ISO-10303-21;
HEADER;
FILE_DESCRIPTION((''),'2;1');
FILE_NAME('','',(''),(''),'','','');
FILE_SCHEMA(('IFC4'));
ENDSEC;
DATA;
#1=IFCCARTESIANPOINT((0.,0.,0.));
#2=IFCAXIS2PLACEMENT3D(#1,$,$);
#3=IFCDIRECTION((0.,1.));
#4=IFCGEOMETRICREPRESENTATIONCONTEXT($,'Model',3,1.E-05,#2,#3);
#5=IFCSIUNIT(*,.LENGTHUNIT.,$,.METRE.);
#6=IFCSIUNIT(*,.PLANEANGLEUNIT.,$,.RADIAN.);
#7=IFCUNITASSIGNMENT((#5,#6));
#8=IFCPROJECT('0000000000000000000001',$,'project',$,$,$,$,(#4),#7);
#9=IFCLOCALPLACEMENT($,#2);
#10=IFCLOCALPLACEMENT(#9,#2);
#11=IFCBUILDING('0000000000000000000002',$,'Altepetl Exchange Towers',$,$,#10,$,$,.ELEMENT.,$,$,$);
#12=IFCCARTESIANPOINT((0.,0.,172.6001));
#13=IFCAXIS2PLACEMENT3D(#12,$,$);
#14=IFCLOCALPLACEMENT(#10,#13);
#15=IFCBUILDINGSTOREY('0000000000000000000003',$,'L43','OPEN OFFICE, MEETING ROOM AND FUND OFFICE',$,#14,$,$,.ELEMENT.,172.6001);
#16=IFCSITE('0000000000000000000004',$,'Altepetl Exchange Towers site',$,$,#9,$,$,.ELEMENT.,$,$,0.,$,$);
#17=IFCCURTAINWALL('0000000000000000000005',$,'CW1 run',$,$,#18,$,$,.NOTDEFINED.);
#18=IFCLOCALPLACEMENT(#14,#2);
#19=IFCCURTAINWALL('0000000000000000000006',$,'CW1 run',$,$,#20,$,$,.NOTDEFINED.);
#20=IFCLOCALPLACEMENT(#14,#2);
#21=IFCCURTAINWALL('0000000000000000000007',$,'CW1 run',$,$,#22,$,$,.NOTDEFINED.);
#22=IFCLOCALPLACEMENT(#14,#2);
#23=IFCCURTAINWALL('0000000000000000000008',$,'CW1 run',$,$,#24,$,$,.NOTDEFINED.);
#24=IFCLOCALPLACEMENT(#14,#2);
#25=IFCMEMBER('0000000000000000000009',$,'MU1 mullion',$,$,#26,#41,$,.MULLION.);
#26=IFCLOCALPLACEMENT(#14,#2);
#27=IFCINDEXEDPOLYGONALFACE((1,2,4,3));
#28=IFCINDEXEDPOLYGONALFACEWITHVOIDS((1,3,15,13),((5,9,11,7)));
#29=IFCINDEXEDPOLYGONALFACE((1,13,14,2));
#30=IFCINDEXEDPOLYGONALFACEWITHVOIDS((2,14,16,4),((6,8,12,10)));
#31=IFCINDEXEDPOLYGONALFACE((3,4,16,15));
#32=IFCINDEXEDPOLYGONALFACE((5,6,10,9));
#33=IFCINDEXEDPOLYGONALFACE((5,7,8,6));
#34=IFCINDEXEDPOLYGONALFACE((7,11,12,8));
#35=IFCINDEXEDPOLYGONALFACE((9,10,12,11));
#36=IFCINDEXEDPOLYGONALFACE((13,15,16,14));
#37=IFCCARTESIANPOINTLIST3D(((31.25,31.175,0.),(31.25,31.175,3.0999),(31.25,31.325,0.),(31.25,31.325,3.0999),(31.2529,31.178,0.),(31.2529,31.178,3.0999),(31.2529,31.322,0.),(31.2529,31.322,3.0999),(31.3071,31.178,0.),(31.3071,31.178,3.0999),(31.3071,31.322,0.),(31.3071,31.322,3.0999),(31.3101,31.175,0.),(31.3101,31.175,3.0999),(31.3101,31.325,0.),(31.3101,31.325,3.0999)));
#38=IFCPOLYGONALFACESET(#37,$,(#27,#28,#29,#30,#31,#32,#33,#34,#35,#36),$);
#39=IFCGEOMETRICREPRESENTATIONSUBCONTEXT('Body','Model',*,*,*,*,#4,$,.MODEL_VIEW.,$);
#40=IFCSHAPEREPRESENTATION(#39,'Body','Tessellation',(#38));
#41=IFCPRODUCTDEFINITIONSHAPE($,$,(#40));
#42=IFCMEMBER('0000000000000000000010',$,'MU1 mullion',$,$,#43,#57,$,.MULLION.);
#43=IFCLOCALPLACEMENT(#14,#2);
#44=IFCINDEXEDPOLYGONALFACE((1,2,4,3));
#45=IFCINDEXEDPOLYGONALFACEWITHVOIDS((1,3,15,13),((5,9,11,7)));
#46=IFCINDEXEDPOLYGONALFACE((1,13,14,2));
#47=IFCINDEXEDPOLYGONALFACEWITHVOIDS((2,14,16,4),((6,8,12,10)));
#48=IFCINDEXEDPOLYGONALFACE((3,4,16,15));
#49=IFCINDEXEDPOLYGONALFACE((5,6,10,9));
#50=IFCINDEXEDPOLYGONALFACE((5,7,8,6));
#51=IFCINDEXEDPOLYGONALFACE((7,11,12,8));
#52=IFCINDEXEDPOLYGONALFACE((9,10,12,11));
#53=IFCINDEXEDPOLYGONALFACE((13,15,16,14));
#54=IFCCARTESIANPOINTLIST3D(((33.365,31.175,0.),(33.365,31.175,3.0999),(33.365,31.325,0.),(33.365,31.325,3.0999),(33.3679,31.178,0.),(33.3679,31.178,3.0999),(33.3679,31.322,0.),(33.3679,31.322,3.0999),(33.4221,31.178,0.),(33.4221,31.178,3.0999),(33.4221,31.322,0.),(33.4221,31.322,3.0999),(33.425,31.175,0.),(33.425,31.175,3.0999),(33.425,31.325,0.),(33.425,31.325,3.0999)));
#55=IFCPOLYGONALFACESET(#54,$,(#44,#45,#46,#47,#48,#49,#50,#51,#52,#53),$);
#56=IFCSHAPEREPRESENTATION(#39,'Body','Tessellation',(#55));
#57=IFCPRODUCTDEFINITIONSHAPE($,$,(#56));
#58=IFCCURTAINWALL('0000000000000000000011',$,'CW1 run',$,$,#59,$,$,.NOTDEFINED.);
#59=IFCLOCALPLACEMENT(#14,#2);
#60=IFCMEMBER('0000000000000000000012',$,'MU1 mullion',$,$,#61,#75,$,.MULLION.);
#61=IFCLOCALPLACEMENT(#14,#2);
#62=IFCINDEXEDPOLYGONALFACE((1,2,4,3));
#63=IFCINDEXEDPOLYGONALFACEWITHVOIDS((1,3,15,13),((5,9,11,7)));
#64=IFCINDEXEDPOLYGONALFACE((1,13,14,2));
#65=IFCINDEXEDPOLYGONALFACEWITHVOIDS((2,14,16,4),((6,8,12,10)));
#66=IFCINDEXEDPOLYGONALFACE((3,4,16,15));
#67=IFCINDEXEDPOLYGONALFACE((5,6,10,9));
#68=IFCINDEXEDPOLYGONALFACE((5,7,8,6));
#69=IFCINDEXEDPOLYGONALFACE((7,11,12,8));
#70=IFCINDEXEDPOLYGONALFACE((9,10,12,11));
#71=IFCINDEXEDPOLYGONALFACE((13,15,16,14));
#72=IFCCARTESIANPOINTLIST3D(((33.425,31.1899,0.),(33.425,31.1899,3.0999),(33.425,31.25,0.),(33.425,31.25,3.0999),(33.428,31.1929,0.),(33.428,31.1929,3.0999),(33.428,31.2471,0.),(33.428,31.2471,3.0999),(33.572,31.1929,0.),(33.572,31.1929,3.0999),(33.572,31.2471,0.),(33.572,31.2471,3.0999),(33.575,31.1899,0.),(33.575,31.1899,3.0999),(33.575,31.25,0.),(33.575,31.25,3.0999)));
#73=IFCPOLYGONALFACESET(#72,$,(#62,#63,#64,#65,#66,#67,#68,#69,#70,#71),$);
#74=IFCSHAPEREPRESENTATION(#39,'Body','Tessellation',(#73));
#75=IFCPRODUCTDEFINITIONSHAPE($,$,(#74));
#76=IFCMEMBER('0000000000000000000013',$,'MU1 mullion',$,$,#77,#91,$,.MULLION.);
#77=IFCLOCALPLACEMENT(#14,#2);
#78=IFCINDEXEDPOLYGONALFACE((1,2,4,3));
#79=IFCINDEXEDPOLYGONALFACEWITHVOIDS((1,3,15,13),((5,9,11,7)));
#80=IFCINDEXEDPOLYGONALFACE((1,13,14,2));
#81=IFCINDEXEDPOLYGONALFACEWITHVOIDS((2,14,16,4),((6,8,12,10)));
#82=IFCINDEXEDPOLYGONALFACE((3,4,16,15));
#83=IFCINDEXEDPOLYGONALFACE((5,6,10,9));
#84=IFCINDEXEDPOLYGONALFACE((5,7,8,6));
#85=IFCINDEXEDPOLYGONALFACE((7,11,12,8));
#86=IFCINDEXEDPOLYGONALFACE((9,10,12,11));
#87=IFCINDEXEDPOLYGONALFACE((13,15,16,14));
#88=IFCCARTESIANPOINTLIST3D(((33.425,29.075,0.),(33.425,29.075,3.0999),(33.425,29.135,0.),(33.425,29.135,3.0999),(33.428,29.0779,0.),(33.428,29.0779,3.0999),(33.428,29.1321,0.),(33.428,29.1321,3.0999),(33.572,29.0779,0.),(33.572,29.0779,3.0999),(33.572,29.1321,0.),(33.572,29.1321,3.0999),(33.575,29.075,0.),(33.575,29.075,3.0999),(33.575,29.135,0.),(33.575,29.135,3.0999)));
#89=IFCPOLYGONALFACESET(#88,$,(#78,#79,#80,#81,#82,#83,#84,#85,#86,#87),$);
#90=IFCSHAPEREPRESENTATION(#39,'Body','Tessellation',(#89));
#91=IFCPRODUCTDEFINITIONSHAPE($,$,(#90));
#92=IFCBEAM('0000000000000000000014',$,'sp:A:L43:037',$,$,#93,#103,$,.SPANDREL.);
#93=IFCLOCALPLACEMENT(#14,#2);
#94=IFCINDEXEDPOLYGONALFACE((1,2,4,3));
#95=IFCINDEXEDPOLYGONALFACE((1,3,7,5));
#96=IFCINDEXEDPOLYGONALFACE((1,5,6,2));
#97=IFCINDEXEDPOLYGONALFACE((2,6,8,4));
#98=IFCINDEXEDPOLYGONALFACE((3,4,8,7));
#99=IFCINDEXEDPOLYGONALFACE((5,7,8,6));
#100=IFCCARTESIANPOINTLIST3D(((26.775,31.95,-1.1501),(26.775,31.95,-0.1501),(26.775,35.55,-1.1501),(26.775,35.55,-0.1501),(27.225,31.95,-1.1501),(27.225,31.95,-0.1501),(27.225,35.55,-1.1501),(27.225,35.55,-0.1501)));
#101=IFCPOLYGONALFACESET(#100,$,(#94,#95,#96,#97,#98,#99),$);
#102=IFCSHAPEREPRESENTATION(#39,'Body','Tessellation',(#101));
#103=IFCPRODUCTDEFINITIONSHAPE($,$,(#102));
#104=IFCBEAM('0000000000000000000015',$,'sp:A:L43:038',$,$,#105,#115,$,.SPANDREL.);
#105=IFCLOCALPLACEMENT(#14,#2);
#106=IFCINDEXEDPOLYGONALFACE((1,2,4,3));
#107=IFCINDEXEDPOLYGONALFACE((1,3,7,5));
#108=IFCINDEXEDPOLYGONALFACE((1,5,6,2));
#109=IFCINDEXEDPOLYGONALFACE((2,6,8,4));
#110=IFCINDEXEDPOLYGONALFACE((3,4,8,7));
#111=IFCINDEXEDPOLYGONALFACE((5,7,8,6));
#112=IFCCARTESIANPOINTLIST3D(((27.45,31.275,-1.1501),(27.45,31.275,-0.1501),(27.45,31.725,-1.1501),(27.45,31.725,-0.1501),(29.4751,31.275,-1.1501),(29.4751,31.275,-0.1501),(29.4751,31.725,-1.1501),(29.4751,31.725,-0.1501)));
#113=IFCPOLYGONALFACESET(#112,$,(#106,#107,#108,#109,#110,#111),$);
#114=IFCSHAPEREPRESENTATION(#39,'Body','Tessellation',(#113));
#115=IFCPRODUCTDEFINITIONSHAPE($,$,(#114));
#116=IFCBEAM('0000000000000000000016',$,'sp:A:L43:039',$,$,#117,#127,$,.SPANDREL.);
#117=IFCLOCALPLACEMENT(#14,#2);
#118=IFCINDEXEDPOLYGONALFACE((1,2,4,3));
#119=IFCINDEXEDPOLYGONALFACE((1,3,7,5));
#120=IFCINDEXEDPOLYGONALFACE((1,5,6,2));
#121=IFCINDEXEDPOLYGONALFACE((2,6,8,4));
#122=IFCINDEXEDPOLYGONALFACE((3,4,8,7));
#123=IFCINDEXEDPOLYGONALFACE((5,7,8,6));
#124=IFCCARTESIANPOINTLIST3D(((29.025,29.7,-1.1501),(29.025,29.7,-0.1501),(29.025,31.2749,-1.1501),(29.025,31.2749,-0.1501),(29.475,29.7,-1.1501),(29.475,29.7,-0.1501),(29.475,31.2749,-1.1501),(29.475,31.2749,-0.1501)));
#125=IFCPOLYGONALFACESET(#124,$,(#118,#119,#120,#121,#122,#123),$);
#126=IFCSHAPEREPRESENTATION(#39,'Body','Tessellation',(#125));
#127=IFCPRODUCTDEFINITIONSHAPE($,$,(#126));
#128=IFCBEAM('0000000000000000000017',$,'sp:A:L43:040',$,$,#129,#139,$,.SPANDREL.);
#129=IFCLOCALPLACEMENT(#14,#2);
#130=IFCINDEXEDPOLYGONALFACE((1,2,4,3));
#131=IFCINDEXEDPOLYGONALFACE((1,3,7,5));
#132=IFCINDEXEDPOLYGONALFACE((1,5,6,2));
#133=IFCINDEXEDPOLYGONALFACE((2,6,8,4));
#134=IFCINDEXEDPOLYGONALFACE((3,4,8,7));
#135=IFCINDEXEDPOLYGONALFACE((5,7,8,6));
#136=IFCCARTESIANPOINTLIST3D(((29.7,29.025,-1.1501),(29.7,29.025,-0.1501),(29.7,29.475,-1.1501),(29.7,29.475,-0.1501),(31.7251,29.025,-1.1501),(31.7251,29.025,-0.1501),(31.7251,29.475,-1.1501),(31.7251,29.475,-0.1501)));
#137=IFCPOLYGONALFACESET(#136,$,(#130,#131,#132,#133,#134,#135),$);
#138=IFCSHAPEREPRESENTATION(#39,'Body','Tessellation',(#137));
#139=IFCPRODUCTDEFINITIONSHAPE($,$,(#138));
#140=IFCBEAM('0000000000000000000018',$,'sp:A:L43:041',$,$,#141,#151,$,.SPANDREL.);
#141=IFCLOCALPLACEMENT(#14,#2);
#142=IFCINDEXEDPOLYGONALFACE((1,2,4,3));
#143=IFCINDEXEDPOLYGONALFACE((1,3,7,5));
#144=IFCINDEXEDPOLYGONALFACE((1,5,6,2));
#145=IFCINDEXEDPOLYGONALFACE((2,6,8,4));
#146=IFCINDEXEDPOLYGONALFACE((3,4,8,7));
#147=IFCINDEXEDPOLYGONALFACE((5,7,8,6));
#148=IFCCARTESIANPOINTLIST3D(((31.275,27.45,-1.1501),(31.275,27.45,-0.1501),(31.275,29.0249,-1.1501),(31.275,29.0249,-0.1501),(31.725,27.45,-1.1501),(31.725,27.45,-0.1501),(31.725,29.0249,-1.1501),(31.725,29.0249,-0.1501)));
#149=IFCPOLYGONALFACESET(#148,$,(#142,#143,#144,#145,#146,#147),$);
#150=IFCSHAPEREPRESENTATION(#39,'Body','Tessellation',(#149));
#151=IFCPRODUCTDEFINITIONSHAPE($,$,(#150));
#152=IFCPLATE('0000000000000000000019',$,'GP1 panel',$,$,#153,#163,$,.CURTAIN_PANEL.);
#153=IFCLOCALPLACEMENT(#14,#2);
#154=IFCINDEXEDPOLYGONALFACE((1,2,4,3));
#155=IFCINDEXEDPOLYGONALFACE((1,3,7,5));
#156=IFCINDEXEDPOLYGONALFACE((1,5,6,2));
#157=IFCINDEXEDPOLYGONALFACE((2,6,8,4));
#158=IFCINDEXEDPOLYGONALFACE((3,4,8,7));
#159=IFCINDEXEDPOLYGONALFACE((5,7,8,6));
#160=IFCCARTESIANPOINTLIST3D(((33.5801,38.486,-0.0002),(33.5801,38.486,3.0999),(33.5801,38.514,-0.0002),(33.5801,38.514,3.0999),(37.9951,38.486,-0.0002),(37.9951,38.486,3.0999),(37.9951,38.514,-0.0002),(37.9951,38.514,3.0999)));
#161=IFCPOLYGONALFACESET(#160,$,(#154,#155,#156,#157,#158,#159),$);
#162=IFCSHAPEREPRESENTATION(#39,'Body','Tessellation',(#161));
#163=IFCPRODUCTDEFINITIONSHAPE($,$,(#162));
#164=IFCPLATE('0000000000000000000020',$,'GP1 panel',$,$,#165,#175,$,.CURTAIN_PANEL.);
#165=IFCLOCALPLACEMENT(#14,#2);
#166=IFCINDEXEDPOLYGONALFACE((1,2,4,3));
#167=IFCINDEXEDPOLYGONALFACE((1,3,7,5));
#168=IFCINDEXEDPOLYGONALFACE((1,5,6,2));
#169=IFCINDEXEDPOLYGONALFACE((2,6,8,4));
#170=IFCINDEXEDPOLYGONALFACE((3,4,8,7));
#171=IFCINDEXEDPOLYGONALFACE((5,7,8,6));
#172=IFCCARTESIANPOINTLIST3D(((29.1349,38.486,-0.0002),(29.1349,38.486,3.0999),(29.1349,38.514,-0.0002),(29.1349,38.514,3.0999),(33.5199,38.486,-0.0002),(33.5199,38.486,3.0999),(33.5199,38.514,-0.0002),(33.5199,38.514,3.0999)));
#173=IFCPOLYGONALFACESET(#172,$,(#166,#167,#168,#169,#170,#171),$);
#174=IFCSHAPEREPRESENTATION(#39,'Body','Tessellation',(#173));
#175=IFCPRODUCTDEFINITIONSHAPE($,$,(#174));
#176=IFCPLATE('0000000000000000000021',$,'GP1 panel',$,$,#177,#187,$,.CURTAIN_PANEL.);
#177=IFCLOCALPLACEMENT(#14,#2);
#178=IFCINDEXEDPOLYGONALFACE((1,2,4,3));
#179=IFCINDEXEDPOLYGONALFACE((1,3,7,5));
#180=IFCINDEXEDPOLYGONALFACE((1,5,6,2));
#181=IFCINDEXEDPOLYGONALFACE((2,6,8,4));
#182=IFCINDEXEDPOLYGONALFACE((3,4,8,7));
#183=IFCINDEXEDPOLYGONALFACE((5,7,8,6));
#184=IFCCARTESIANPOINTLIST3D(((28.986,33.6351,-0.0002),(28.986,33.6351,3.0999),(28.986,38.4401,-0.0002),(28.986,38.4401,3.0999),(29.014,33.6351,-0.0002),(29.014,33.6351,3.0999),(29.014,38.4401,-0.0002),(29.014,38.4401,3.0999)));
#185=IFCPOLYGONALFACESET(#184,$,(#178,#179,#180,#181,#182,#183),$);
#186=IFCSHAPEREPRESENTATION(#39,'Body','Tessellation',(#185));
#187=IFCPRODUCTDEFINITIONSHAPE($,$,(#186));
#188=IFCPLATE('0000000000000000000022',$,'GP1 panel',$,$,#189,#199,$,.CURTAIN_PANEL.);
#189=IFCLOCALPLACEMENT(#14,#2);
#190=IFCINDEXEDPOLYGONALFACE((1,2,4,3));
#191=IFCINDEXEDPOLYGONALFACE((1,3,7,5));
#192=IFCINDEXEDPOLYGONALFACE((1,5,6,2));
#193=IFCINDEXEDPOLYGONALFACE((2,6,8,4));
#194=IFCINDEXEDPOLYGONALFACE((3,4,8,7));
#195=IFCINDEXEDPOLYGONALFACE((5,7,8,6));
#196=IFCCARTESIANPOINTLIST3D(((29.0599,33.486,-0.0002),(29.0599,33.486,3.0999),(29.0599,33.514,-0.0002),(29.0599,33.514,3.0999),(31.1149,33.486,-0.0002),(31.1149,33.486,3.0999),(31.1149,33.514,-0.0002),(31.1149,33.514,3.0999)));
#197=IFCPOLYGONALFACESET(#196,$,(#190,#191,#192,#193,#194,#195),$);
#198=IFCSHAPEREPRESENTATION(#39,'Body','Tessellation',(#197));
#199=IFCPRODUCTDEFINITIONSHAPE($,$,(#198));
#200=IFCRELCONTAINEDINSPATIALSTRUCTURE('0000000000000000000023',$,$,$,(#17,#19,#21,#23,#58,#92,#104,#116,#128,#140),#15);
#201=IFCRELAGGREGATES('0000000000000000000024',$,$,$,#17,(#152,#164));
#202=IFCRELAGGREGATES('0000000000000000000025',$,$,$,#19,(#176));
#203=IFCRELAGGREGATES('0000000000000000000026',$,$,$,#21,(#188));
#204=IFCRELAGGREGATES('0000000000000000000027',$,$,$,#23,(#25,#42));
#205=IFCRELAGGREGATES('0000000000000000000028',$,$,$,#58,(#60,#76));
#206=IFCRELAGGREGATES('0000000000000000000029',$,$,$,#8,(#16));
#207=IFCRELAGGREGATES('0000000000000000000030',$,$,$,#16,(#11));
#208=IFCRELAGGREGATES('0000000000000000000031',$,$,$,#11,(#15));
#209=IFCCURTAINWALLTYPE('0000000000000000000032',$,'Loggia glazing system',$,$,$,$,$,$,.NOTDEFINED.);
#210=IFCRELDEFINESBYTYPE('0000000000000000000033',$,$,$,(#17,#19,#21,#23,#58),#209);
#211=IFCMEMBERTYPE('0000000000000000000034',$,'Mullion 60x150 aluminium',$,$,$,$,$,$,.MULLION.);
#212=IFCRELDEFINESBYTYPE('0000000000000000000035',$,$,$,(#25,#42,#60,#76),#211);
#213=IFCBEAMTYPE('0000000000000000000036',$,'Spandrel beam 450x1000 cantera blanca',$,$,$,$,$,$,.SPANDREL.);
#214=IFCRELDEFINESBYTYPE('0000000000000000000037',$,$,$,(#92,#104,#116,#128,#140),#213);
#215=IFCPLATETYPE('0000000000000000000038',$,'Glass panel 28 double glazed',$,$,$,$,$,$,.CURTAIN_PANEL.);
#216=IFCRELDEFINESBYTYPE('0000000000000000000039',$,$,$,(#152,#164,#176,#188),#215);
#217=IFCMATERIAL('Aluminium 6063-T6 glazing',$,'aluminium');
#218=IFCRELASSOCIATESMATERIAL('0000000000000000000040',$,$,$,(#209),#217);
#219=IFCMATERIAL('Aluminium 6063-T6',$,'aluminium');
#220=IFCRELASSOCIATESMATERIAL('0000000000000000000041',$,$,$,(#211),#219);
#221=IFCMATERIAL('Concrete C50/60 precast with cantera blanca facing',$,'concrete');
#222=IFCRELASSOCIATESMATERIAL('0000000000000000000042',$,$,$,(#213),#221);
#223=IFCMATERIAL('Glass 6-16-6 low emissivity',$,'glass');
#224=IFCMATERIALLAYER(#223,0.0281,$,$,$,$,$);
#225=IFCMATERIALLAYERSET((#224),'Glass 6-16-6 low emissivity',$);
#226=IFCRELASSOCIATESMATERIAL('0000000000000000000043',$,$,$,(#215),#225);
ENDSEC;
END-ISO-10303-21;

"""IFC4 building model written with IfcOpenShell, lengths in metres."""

from ifc_helpers import new_model, si_unit, direction, frame, origin, origin_2d, place, context, subcontext, project, spatial, rectangle, hollow_rectangle, extrude, material, layer, layer_set, material_profile, profile_set, type_object, element, aggregate, save


model = new_model("IFC4")

# Units and contexts
model_context = context("Model", 3, precision=1e-05, world=origin(), true_north=direction((0.0, 1.0)))
body_context = subcontext(model_context, "Body", "Model", "MODEL_VIEW")
ifc_project = project(units=[si_unit("LENGTHUNIT", "METRE"), si_unit("PLANEANGLEUNIT", "RADIAN")], contexts=[model_context])

# Site, building, storey
site_placement = place(None, origin())
site = spatial("IfcSite", under=ifc_project, at=site_placement, Name="Altepetl Exchange Towers site", CompositionType="ELEMENT", RefElevation=0.0)
building_placement = place(site_placement, origin())
building = spatial("IfcBuilding", under=site, at=building_placement, Name="Altepetl Exchange Towers", CompositionType="ELEMENT")
storey_placement = place(building_placement, frame((0.0, 0.0, 172.6001)))
storey = spatial("IfcBuildingStorey", under=building, at=storey_placement, Name="L43", Description="OPEN OFFICE, MEETING ROOM AND FUND OFFICE", CompositionType="ELEMENT", Elevation=172.6001)

# Curtain walls, members
ifc_material_1 = material(Name="Aluminium 6063-T6 glazing", Category="aluminium")
curtain_wall_type = type_object("IfcCurtainWallType", Name="Loggia glazing system", PredefinedType="NOTDEFINED", material=ifc_material_1)
curtain_wall_1_placement = place(storey_placement, origin())
curtain_wall_1 = element("IfcCurtainWall", 1, at=curtain_wall_1_placement, inside=storey, type_object=curtain_wall_type, Name="CW1 run", PredefinedType="NOTDEFINED")
ifc_material_2 = material(Name="Aluminium 6063-T6", Category="aluminium")
ifc_material_profile_1 = material_profile(ifc_material_2, hollow_rectangle(XDim=0.0601, YDim=0.1499, WallThickness=0.0029, at=origin_2d()), Name="Mullion 60x150 aluminium")
ifc_profile_set_1 = profile_set([ifc_material_profile_1], Name="Aluminium 6063-T6")
member_type = type_object("IfcMemberType", Name="Mullion 60x150 aluminium", PredefinedType="MULLION", material=ifc_profile_set_1)
curtain_wall_2_placement = place(storey_placement, origin())
curtain_wall_2 = element("IfcCurtainWall", 2, at=curtain_wall_2_placement, inside=storey, type_object=curtain_wall_type, Name="CW1 run", PredefinedType="NOTDEFINED")
curtain_wall_3_placement = place(storey_placement, origin())
curtain_wall_3 = element("IfcCurtainWall", 3, at=curtain_wall_3_placement, inside=storey, type_object=curtain_wall_type, Name="CW1 run", PredefinedType="NOTDEFINED")
curtain_wall_4_placement = place(storey_placement, origin())
curtain_wall_4 = element("IfcCurtainWall", 4, at=curtain_wall_4_placement, inside=storey, type_object=curtain_wall_type, Name="CW1 run", PredefinedType="NOTDEFINED")
member_1_placement = place(storey_placement, frame((31.28, 31.25, 0.0)))
member_1 = element("IfcMember", 5, at=member_1_placement, type_object=member_type, Name="MU1 mullion", PredefinedType="MULLION", context=body_context, shape_type="SweptSolid", body=[
    extrude(hollow_rectangle(XDim=0.0601, YDim=0.1499, WallThickness=0.0029, at=origin_2d()), origin(), (0.0, 0.0, 1.0), 3.0999),
])
member_2_placement = place(storey_placement, frame((33.395, 31.25, 0.0)))
member_2 = element("IfcMember", 6, at=member_2_placement, type_object=member_type, Name="MU1 mullion", PredefinedType="MULLION", context=body_context, shape_type="SweptSolid", body=[
    extrude(hollow_rectangle(XDim=0.0601, YDim=0.1499, WallThickness=0.0029, at=origin_2d()), origin(), (0.0, 0.0, 1.0), 3.0999),
])
curtain_wall_5_placement = place(storey_placement, origin())
curtain_wall_5 = element("IfcCurtainWall", 7, at=curtain_wall_5_placement, inside=storey, type_object=curtain_wall_type, Name="CW1 run", PredefinedType="NOTDEFINED")
member_3_placement = place(storey_placement, frame((33.5, 31.22, 0.0), z_axis=(0.0, 0.0, 1.0), x_axis=(0.0, -1.0, 0.0)))
member_3 = element("IfcMember", 8, at=member_3_placement, type_object=member_type, Name="MU1 mullion", PredefinedType="MULLION", context=body_context, shape_type="SweptSolid", body=[
    extrude(hollow_rectangle(XDim=0.0601, YDim=0.1499, WallThickness=0.0029, at=origin_2d()), origin(), (0.0, 0.0, 1.0), 3.0999),
])
member_4_placement = place(storey_placement, frame((33.5, 29.105, 0.0), z_axis=(0.0, 0.0, 1.0), x_axis=(0.0, -1.0, 0.0)))
member_4 = element("IfcMember", 9, at=member_4_placement, type_object=member_type, Name="MU1 mullion", PredefinedType="MULLION", context=body_context, shape_type="SweptSolid", body=[
    extrude(hollow_rectangle(XDim=0.0601, YDim=0.1499, WallThickness=0.0029, at=origin_2d()), origin(), (0.0, 0.0, 1.0), 3.0999),
])

# Beams
ifc_material_3 = material(Name="Concrete C50/60 precast with cantera blanca facing", Category="concrete")
ifc_material_profile_2 = material_profile(ifc_material_3, rectangle(XDim=0.45, YDim=1.0, at=origin_2d()), Name="450 x 1000")
ifc_profile_set_2 = profile_set([ifc_material_profile_2], Name="Concrete C50/60 precast with cantera blanca facing")
beam_type_1 = type_object("IfcBeamType", Name="Spandrel beam 450x1000 cantera blanca", PredefinedType="SPANDREL", material=ifc_profile_set_2)
beam_1_placement = place(storey_placement, frame((27.0, 35.55, -0.6501), z_axis=(0.0, -1.0, 0.0), x_axis=(1.0, 0.0, 0.0)))
element("IfcBeam", 10, at=beam_1_placement, inside=storey, type_object=beam_type_1, Name="sp:A:L43:037", PredefinedType="SPANDREL", context=body_context, shape_type="SweptSolid", body=[
    extrude(rectangle(XDim=0.45, YDim=1.0, at=origin_2d()), origin(), (0.0, 0.0, 1.0), 3.6001),
])
beam_2_placement = place(storey_placement, frame((27.45, 31.5, -0.6501), z_axis=(1.0, 0.0, 0.0), x_axis=(0.0, 1.0, 0.0)))
element("IfcBeam", 11, at=beam_2_placement, inside=storey, type_object=beam_type_1, Name="sp:A:L43:038", PredefinedType="SPANDREL", context=body_context, shape_type="SweptSolid", body=[
    extrude(rectangle(XDim=0.45, YDim=1.0, at=origin_2d()), origin(), (0.0, 0.0, 1.0), 2.0251),
])
beam_3_placement = place(storey_placement, frame((29.25, 31.2749, -0.6501), z_axis=(0.0, -1.0, 0.0), x_axis=(1.0, 0.0, 0.0)))
element("IfcBeam", 12, at=beam_3_placement, inside=storey, type_object=beam_type_1, Name="sp:A:L43:039", PredefinedType="SPANDREL", context=body_context, shape_type="SweptSolid", body=[
    extrude(rectangle(XDim=0.45, YDim=1.0, at=origin_2d()), origin(), (0.0, 0.0, 1.0), 1.575),
])
beam_4_placement = place(storey_placement, frame((29.7, 29.25, -0.6501), z_axis=(1.0, 0.0, 0.0), x_axis=(0.0, 1.0, 0.0)))
element("IfcBeam", 13, at=beam_4_placement, inside=storey, type_object=beam_type_1, Name="sp:A:L43:040", PredefinedType="SPANDREL", context=body_context, shape_type="SweptSolid", body=[
    extrude(rectangle(XDim=0.45, YDim=1.0, at=origin_2d()), origin(), (0.0, 0.0, 1.0), 2.0251),
])
beam_5_placement = place(storey_placement, frame((31.5, 29.0249, -0.6501), z_axis=(0.0, -1.0, 0.0), x_axis=(1.0, 0.0, 0.0)))
element("IfcBeam", 14, at=beam_5_placement, inside=storey, type_object=beam_type_1, Name="sp:A:L43:041", PredefinedType="SPANDREL", context=body_context, shape_type="SweptSolid", body=[
    extrude(rectangle(XDim=0.45, YDim=1.0, at=origin_2d()), origin(), (0.0, 0.0, 1.0), 1.575),
])

# Plates
ifc_material_4 = material(Name="Glass 6-16-6 low emissivity", Category="glass")
ifc_layer = layer(ifc_material_4, 0.0281)
ifc_layer_set = layer_set([ifc_layer], Name="Glass 6-16-6 low emissivity")
plate_type = type_object("IfcPlateType", Name="Glass panel 28 double glazed", PredefinedType="CURTAIN_PANEL", material=ifc_layer_set)
plate_1_placement = place(storey_placement, frame((35.7876, 38.5, -0.0002), z_axis=(0.0, 0.0, 1.0), x_axis=(-1.0, 0.0, 0.0)))
plate_1 = element("IfcPlate", 15, at=plate_1_placement, type_object=plate_type, Name="GP1 panel", PredefinedType="CURTAIN_PANEL", context=body_context, shape_type="SweptSolid", body=[
    extrude(rectangle(XDim=4.415, YDim=0.0281, at=origin_2d()), origin(), (0.0, 0.0, 1.0), 3.1001),
])
plate_2_placement = place(storey_placement, frame((31.3274, 38.5, -0.0002), z_axis=(0.0, 0.0, 1.0), x_axis=(-1.0, 0.0, 0.0)))
plate_2 = element("IfcPlate", 16, at=plate_2_placement, type_object=plate_type, Name="GP1 panel", PredefinedType="CURTAIN_PANEL", context=body_context, shape_type="SweptSolid", body=[
    extrude(rectangle(XDim=4.385, YDim=0.0281, at=origin_2d()), origin(), (0.0, 0.0, 1.0), 3.1001),
])
aggregate(curtain_wall_1, [plate_1, plate_2])
plate_3_placement = place(storey_placement, frame((29.0, 36.0376, -0.0002), z_axis=(0.0, 0.0, 1.0), x_axis=(0.0, -1.0, 0.0)))
plate_3 = element("IfcPlate", 17, at=plate_3_placement, type_object=plate_type, Name="GP1 panel", PredefinedType="CURTAIN_PANEL", context=body_context, shape_type="SweptSolid", body=[
    extrude(rectangle(XDim=4.8049, YDim=0.0281, at=origin_2d()), origin(), (0.0, 0.0, 1.0), 3.1001),
])
aggregate(curtain_wall_2, [plate_3])
plate_4_placement = place(storey_placement, frame((30.0874, 33.5, -0.0002)))
plate_4 = element("IfcPlate", 18, at=plate_4_placement, type_object=plate_type, Name="GP1 panel", PredefinedType="CURTAIN_PANEL", context=body_context, shape_type="SweptSolid", body=[
    extrude(rectangle(XDim=2.0549, YDim=0.0281, at=origin_2d()), origin(), (0.0, 0.0, 1.0), 3.1001),
])
aggregate(curtain_wall_3, [plate_4])
aggregate(curtain_wall_4, [member_1, member_2])
aggregate(curtain_wall_5, [member_3, member_4])

save(model, "model.ifc")
